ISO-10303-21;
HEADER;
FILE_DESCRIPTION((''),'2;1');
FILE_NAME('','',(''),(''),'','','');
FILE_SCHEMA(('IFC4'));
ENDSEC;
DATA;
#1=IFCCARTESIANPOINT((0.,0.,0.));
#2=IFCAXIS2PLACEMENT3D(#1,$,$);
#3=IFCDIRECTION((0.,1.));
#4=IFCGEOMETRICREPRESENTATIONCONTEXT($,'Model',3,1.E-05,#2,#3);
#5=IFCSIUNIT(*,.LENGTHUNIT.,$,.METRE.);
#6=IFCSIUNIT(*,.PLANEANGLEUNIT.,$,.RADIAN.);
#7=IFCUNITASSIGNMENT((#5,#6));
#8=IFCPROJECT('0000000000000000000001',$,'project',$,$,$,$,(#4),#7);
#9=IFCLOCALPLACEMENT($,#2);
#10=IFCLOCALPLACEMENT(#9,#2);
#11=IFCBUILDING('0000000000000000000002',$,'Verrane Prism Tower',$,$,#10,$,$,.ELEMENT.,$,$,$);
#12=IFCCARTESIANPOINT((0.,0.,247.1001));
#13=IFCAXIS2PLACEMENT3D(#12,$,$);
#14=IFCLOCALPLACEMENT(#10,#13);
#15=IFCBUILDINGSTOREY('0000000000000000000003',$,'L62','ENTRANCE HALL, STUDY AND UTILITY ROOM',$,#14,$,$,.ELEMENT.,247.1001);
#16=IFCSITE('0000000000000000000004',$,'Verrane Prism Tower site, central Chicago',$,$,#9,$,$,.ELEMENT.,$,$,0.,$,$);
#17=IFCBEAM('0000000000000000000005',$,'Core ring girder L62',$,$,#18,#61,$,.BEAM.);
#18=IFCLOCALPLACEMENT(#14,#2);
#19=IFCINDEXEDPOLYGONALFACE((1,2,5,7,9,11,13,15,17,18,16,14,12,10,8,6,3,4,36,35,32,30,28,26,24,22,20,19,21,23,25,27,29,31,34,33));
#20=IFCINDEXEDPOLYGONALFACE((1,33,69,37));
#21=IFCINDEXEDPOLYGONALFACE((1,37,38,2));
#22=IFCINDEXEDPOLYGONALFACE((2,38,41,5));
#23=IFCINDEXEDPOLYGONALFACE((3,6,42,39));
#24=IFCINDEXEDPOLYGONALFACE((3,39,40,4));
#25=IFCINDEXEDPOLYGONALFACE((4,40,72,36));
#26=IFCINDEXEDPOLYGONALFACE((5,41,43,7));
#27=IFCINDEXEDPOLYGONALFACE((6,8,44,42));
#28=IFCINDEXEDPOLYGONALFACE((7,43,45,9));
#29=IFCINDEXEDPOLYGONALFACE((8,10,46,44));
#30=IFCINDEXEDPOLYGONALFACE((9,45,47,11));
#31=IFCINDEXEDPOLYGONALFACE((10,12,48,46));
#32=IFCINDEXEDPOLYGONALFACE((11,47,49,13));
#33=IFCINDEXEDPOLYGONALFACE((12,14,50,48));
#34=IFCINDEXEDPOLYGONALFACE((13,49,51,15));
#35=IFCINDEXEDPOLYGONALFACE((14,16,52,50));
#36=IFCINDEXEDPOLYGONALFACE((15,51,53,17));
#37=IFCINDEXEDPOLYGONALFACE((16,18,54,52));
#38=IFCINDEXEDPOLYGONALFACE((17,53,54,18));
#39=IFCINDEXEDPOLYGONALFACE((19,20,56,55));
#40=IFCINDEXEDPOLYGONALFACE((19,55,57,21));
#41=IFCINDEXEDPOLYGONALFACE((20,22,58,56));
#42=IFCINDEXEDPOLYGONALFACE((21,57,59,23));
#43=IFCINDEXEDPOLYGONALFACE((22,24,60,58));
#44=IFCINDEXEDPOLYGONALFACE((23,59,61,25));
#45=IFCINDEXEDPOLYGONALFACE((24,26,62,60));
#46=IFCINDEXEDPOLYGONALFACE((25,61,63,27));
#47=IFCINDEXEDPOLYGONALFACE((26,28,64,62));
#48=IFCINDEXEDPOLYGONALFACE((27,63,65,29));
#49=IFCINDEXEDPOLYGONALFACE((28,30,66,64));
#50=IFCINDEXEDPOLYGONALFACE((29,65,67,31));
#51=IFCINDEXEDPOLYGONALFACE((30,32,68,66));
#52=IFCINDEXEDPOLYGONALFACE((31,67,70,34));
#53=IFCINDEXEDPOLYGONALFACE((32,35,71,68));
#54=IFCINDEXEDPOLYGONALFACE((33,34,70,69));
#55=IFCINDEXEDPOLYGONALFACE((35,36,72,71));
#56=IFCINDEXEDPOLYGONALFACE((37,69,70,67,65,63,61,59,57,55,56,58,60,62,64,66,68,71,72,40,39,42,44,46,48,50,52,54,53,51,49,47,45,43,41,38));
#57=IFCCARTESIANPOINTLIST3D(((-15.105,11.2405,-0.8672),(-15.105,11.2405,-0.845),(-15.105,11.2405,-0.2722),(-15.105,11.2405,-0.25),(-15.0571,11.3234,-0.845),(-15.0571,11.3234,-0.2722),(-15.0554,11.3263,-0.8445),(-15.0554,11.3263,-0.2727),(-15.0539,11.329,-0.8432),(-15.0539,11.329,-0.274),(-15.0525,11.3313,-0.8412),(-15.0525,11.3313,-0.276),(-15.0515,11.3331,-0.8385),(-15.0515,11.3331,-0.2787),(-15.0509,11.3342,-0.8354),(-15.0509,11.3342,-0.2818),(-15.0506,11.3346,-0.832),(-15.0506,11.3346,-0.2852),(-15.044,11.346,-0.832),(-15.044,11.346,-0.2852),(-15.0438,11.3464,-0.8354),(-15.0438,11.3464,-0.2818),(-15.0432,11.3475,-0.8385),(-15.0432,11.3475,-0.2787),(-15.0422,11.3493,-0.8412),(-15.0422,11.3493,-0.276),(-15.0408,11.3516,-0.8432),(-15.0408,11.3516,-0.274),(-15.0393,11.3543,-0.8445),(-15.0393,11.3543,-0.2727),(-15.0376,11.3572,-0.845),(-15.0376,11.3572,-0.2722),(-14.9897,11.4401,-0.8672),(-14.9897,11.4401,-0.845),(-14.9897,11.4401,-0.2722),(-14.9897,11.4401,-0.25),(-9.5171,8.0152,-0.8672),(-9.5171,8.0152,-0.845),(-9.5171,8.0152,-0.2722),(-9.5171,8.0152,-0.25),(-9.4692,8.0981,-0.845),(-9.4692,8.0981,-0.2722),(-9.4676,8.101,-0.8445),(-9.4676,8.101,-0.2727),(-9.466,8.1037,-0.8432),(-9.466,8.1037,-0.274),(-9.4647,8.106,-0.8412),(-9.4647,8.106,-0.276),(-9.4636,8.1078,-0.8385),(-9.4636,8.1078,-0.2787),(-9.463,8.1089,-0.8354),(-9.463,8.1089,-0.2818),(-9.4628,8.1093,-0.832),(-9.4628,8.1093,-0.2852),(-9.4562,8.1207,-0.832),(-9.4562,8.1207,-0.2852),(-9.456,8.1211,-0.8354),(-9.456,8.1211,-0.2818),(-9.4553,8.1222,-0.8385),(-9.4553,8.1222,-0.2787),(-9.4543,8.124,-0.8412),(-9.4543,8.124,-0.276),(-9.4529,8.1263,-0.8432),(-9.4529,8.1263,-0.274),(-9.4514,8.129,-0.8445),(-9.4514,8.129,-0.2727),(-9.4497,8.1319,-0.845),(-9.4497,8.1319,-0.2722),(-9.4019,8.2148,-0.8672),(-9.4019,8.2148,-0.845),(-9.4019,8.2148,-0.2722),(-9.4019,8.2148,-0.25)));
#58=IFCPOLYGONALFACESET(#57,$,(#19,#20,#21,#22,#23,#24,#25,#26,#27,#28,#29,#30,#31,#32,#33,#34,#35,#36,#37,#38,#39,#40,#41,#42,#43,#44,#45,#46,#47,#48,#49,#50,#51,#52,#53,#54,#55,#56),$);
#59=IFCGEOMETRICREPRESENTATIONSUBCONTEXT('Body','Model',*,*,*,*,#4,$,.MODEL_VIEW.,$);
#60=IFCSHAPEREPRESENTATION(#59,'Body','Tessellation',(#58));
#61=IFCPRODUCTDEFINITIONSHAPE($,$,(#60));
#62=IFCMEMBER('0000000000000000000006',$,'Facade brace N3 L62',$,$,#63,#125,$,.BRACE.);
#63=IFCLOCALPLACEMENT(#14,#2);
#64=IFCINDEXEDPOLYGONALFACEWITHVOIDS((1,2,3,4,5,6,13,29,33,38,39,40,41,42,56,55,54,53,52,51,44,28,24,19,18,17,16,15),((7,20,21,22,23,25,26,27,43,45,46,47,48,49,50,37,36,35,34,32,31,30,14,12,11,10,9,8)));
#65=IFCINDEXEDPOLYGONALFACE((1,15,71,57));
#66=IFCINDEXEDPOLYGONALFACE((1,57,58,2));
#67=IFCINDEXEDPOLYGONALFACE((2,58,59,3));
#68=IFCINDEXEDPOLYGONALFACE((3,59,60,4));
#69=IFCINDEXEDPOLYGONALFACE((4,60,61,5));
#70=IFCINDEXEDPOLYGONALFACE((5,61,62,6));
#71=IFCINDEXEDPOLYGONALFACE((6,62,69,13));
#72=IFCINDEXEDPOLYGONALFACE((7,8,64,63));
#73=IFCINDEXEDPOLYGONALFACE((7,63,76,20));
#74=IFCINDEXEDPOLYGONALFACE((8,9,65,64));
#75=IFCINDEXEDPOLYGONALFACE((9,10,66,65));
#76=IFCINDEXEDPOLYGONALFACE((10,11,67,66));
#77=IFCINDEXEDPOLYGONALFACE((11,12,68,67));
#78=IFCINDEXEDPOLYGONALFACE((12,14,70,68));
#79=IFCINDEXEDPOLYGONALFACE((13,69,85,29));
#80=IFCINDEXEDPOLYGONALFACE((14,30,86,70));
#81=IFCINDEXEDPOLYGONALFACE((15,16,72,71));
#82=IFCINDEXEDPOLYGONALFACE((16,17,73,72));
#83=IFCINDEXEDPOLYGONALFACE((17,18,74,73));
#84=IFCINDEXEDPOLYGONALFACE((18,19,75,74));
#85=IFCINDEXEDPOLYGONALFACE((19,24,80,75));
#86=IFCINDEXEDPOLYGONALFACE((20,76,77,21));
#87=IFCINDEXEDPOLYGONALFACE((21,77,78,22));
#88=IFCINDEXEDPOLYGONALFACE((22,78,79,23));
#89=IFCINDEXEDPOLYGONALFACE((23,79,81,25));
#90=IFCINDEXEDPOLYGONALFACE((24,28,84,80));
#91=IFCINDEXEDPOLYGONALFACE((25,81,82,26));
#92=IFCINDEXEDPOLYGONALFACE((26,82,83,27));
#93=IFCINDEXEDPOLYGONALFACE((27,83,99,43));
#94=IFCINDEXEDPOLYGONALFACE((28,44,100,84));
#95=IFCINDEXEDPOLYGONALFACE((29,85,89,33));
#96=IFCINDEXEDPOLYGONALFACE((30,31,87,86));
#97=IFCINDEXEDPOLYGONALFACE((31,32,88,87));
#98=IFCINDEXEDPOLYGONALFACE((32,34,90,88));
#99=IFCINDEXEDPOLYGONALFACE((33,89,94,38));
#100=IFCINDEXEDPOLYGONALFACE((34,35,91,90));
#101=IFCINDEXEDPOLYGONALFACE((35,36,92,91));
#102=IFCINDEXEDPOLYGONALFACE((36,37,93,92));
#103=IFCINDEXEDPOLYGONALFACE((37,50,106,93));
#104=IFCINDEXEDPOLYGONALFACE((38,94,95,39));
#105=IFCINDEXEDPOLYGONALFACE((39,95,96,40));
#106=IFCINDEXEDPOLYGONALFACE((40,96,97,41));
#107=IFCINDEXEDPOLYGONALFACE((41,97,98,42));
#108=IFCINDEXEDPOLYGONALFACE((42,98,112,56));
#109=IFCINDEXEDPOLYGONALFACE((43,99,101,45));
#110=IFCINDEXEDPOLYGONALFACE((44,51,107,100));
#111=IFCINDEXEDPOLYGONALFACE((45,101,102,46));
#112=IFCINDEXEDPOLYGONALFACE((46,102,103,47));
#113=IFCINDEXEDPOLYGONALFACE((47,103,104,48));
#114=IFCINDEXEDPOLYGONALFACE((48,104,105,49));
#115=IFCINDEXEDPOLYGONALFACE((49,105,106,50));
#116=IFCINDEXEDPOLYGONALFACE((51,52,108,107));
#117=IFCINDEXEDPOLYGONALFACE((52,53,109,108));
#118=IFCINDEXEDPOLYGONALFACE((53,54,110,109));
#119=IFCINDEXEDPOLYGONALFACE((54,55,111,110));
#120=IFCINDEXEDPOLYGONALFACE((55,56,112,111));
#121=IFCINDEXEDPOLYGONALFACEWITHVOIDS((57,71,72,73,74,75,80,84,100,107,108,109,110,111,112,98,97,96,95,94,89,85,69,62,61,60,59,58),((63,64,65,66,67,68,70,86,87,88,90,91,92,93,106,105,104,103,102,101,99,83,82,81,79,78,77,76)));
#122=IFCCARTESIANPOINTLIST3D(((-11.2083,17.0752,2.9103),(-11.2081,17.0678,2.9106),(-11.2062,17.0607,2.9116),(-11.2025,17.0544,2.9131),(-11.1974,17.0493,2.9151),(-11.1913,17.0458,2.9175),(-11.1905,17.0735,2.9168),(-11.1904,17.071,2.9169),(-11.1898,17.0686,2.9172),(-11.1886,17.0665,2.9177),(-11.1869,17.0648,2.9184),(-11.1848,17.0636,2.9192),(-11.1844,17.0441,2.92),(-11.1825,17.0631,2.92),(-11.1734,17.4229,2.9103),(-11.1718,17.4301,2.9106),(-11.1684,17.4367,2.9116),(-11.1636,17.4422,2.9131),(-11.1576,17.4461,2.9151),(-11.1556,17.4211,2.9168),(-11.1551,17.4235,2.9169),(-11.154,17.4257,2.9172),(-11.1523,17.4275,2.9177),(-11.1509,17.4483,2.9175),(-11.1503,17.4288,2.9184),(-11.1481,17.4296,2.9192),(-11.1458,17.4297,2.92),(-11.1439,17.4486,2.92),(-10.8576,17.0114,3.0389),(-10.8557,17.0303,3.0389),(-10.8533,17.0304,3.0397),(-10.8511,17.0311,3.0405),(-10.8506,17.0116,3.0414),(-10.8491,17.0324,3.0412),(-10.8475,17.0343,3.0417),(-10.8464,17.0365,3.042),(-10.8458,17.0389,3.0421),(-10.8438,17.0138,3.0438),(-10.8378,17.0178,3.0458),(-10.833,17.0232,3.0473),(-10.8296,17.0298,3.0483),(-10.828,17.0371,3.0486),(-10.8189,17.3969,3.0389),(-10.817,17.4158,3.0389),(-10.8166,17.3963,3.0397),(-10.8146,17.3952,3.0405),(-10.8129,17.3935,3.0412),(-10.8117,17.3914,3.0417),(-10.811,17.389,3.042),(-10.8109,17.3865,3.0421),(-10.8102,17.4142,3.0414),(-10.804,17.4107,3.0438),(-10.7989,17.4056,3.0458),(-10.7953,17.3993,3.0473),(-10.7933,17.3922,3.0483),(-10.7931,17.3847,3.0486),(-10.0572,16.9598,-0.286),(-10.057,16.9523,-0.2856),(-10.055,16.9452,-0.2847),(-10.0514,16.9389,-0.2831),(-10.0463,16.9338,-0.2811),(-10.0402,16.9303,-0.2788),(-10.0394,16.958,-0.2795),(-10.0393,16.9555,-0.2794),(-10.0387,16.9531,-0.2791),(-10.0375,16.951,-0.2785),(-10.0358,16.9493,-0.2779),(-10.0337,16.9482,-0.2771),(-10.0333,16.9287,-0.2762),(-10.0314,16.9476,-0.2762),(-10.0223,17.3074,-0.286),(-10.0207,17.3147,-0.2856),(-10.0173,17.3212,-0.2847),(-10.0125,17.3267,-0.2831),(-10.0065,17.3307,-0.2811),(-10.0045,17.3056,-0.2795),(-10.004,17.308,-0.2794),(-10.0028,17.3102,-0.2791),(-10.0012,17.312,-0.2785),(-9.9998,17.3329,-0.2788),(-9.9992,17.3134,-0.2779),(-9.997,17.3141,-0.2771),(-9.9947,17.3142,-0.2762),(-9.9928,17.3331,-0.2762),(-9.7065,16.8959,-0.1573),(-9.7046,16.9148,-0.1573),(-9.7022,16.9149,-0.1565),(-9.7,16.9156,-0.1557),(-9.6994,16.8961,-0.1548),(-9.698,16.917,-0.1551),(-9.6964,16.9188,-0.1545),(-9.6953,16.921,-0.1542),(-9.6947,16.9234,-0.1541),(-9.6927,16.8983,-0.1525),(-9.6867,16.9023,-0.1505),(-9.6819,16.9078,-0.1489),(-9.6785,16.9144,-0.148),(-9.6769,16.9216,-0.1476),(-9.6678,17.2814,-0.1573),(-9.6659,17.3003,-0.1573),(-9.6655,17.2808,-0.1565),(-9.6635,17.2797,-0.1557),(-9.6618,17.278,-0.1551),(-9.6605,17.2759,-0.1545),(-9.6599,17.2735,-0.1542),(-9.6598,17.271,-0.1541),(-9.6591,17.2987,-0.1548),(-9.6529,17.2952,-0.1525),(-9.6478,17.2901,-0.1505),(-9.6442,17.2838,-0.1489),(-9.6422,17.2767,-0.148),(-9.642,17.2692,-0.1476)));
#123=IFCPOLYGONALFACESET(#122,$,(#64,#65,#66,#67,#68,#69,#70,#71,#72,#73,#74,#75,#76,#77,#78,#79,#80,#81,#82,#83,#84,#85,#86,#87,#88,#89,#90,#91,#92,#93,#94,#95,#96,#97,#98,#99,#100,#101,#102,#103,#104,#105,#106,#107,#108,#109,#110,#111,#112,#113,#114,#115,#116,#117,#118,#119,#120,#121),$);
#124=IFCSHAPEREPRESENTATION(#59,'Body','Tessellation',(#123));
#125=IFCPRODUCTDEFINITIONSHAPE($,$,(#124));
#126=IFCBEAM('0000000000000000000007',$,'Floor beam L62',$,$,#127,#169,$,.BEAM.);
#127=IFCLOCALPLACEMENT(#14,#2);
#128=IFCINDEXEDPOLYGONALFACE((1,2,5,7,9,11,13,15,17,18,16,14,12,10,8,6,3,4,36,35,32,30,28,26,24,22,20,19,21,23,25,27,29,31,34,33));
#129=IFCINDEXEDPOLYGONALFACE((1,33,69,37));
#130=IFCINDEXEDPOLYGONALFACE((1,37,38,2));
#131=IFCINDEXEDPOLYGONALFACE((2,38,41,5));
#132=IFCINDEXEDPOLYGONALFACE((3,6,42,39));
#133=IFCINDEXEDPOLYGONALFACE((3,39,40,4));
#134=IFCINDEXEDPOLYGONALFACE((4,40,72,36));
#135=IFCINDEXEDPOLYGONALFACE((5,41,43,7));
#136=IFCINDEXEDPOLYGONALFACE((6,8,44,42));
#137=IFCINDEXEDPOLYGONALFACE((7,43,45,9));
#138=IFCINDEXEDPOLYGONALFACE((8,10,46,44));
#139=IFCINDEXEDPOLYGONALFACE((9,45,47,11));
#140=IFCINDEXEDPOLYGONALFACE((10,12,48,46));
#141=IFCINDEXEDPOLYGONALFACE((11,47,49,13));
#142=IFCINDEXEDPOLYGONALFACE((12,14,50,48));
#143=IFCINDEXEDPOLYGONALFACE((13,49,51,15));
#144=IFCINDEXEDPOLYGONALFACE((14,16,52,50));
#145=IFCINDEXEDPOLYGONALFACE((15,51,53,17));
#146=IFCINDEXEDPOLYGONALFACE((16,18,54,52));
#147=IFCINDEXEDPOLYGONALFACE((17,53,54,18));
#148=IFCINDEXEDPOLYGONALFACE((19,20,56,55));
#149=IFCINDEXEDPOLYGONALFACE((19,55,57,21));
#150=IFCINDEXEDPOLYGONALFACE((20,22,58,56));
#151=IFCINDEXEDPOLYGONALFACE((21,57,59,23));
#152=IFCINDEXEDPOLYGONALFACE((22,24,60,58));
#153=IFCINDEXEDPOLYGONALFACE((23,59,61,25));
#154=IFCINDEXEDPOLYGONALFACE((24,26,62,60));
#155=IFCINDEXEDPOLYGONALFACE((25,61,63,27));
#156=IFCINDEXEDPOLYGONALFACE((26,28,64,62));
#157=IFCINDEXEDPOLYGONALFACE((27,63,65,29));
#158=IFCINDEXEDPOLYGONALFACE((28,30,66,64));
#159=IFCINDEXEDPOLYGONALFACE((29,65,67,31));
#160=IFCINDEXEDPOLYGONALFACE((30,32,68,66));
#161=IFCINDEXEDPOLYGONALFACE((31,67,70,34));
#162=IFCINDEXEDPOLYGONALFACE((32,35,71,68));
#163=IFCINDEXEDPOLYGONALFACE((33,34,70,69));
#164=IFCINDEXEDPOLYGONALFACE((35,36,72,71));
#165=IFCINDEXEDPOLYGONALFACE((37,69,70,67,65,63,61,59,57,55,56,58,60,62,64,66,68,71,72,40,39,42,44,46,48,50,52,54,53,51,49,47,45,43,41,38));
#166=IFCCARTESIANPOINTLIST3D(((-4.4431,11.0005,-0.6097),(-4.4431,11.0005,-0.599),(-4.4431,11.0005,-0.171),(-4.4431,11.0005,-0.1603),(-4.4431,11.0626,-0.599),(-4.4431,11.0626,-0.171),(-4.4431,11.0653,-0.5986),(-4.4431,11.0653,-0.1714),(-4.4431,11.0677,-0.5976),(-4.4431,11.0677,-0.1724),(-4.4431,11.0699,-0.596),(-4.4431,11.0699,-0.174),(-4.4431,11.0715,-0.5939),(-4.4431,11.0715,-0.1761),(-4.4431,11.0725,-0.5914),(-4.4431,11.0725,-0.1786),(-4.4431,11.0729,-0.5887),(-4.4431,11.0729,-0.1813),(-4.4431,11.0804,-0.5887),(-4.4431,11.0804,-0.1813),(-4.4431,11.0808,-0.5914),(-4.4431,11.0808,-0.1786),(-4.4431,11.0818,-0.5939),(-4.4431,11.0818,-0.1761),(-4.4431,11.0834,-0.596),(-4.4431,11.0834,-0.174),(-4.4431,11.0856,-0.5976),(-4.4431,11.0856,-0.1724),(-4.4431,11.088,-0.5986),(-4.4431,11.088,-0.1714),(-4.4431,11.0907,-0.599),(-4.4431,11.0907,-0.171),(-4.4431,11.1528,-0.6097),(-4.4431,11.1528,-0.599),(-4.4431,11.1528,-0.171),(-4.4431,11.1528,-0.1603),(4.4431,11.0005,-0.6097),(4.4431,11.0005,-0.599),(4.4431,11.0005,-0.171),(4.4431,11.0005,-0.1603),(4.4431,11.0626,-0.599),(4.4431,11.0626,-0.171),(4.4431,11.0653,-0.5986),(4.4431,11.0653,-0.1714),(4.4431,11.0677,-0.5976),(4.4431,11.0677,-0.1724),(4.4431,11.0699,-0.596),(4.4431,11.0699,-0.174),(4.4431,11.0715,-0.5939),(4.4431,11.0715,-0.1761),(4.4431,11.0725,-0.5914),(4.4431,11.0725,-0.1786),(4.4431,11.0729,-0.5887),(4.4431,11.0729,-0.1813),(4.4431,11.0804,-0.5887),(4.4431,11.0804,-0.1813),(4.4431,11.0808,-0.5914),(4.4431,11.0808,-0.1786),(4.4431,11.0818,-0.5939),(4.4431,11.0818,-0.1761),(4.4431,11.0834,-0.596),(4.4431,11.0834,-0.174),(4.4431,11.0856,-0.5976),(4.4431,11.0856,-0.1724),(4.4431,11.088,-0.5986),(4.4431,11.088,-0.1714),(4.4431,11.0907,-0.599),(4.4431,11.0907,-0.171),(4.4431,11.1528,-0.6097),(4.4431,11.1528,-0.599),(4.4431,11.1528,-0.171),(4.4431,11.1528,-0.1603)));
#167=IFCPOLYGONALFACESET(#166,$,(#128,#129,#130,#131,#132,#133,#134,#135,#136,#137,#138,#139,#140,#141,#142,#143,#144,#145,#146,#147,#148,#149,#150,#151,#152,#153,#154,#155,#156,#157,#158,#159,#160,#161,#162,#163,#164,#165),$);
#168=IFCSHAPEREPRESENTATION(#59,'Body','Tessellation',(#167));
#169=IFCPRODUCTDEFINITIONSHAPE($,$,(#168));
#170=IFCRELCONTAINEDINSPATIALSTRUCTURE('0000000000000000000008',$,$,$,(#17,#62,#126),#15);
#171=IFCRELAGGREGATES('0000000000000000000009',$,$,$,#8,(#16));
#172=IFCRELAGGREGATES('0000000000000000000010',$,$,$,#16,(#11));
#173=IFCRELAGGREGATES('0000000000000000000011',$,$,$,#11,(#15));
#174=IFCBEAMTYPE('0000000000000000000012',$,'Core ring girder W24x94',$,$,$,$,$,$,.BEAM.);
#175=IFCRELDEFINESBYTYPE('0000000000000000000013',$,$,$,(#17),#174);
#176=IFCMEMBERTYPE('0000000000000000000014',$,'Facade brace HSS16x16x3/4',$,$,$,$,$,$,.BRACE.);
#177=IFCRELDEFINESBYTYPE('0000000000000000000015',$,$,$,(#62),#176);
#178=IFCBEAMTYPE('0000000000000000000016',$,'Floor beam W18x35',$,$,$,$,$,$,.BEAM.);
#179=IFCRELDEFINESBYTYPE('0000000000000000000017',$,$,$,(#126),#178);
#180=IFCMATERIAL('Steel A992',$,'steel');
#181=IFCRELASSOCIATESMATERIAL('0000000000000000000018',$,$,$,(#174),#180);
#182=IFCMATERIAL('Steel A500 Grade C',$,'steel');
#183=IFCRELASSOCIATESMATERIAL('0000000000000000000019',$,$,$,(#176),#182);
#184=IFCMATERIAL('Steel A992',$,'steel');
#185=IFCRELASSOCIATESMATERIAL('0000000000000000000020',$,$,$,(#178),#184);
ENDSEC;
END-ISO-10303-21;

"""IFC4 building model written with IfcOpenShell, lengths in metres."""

from ifc_helpers import new_model, si_unit, direction, frame, origin, origin_2d, place, context, subcontext, project, spatial, hollow_rectangle, i_section, extrude, material, material_profile, profile_set, type_object, element, save


model = new_model("IFC4")

# Units and contexts
model_context = context("Model", 3, precision=1e-05, world=origin(), true_north=direction((0.0, 1.0)))
body_context = subcontext(model_context, "Body", "Model", "MODEL_VIEW")
ifc_project = project(units=[si_unit("LENGTHUNIT", "METRE"), si_unit("PLANEANGLEUNIT", "RADIAN")], contexts=[model_context])

# Site, building, storey
site_placement = place(None, origin())
site = spatial("IfcSite", under=ifc_project, at=site_placement, Name="Verrane Prism Tower site, central Chicago", CompositionType="ELEMENT", RefElevation=0.0)
building_placement = place(site_placement, origin())
building = spatial("IfcBuilding", under=site, at=building_placement, Name="Verrane Prism Tower", CompositionType="ELEMENT")
storey_placement = place(building_placement, frame((0.0, 0.0, 247.1001)))
storey = spatial("IfcBuildingStorey", under=building, at=storey_placement, Name="L62", Description="ENTRANCE HALL, STUDY AND UTILITY ROOM", CompositionType="ELEMENT", Elevation=247.1001)

# Beam
ifc_material_1 = material(Name="Steel A992", Category="steel")
ifc_material_profile_1 = material_profile(ifc_material_1, i_section(OverallWidth=0.2305, OverallDepth=0.6172, WebThickness=0.0132, FlangeThickness=0.0222, FilletRadius=0.0129, at=origin_2d()), Name="W24x94")
ifc_profile_set_1 = profile_set([ifc_material_profile_1], Name="Steel A992")
beam_type_1 = type_object("IfcBeamType", Name="Core ring girder W24x94", PredefinedType="BEAM", material=ifc_profile_set_1)
beam_1_placement = place(storey_placement, frame((-9.4595, 8.115, -0.5586), z_axis=(-0.866081, 0.499904, 0.0), x_axis=(-0.499904, -0.866081, 0.0)))
element("IfcBeam", 1, at=beam_1_placement, inside=storey, type_object=beam_type_1, Name="Core ring girder L62", PredefinedType="BEAM", context=body_context, shape_type="SweptSolid", body=[
    extrude(i_section(OverallWidth=0.2305, OverallDepth=0.6172, WebThickness=0.0132, FlangeThickness=0.0222, FilletRadius=0.0129, at=origin_2d()), origin(), (0.0, 0.0, 1.0), 6.4519),
])

# Member
ifc_material_2 = material(Name="Steel A500 Grade C", Category="steel")
ifc_material_profile_2 = material_profile(ifc_material_2, hollow_rectangle(XDim=0.4065, YDim=0.4065, WallThickness=0.019, InnerFilletRadius=0.0095, OuterFilletRadius=0.0286, at=origin_2d()), Name="HSS16x16x3/4")
ifc_profile_set_2 = profile_set([ifc_material_profile_2], Name="Steel A500 Grade C")
member_type_1 = type_object("IfcMemberType", Name="Facade brace HSS16x16x3/4", PredefinedType="BRACE", material=ifc_profile_set_2)
member_1_placement = place(storey_placement, frame((-9.8496, 17.1145, -0.2168), z_axis=(-0.338643, 0.033972, 0.940301), x_axis=(-0.099817, -0.995006, 0.0)))
element("IfcMember", 2, at=member_1_placement, inside=storey, type_object=member_type_1, Name="Facade brace N3 L62", PredefinedType="BRACE", context=body_context, shape_type="SweptSolid", body=[
    extrude(hollow_rectangle(XDim=0.4065, YDim=0.4065, WallThickness=0.019, InnerFilletRadius=0.0095, OuterFilletRadius=0.0286, at=origin_2d()), origin(), (0.0, 0.0, 1.0), 3.3992),
])

# Beam
ifc_material_3 = material(Name="Steel A992", Category="steel")
ifc_material_profile_3 = material_profile(ifc_material_3, i_section(OverallWidth=0.1523, OverallDepth=0.4495, WebThickness=0.0076, FlangeThickness=0.0107, FilletRadius=0.0103, at=origin_2d()), Name="W18x35")
ifc_profile_set_3 = profile_set([ifc_material_profile_3], Name="Steel A992")
beam_type_2 = type_object("IfcBeamType", Name="Floor beam W18x35", PredefinedType="BEAM", material=ifc_profile_set_3)
for number, where, z_axis, x_axis, name in (
    (3, (-4.4431, 11.0767, -0.385), (1.0, 0.0, 0.0), (0.0, 1.0, 0.0), "Floor beam L62"),
):
    element("IfcBeam", number, at=place(storey_placement, frame(where, z_axis=z_axis, x_axis=x_axis)), inside=storey, type_object=beam_type_2, Name=name, PredefinedType="BEAM", context=body_context, shape_type="SweptSolid", body=[
        extrude(i_section(OverallWidth=0.1523, OverallDepth=0.4495, WebThickness=0.0076, FlangeThickness=0.0107, FilletRadius=0.0103, at=origin_2d()), origin(), (0.0, 0.0, 1.0), 8.8862),
    ])

save(model, "model.ifc")
